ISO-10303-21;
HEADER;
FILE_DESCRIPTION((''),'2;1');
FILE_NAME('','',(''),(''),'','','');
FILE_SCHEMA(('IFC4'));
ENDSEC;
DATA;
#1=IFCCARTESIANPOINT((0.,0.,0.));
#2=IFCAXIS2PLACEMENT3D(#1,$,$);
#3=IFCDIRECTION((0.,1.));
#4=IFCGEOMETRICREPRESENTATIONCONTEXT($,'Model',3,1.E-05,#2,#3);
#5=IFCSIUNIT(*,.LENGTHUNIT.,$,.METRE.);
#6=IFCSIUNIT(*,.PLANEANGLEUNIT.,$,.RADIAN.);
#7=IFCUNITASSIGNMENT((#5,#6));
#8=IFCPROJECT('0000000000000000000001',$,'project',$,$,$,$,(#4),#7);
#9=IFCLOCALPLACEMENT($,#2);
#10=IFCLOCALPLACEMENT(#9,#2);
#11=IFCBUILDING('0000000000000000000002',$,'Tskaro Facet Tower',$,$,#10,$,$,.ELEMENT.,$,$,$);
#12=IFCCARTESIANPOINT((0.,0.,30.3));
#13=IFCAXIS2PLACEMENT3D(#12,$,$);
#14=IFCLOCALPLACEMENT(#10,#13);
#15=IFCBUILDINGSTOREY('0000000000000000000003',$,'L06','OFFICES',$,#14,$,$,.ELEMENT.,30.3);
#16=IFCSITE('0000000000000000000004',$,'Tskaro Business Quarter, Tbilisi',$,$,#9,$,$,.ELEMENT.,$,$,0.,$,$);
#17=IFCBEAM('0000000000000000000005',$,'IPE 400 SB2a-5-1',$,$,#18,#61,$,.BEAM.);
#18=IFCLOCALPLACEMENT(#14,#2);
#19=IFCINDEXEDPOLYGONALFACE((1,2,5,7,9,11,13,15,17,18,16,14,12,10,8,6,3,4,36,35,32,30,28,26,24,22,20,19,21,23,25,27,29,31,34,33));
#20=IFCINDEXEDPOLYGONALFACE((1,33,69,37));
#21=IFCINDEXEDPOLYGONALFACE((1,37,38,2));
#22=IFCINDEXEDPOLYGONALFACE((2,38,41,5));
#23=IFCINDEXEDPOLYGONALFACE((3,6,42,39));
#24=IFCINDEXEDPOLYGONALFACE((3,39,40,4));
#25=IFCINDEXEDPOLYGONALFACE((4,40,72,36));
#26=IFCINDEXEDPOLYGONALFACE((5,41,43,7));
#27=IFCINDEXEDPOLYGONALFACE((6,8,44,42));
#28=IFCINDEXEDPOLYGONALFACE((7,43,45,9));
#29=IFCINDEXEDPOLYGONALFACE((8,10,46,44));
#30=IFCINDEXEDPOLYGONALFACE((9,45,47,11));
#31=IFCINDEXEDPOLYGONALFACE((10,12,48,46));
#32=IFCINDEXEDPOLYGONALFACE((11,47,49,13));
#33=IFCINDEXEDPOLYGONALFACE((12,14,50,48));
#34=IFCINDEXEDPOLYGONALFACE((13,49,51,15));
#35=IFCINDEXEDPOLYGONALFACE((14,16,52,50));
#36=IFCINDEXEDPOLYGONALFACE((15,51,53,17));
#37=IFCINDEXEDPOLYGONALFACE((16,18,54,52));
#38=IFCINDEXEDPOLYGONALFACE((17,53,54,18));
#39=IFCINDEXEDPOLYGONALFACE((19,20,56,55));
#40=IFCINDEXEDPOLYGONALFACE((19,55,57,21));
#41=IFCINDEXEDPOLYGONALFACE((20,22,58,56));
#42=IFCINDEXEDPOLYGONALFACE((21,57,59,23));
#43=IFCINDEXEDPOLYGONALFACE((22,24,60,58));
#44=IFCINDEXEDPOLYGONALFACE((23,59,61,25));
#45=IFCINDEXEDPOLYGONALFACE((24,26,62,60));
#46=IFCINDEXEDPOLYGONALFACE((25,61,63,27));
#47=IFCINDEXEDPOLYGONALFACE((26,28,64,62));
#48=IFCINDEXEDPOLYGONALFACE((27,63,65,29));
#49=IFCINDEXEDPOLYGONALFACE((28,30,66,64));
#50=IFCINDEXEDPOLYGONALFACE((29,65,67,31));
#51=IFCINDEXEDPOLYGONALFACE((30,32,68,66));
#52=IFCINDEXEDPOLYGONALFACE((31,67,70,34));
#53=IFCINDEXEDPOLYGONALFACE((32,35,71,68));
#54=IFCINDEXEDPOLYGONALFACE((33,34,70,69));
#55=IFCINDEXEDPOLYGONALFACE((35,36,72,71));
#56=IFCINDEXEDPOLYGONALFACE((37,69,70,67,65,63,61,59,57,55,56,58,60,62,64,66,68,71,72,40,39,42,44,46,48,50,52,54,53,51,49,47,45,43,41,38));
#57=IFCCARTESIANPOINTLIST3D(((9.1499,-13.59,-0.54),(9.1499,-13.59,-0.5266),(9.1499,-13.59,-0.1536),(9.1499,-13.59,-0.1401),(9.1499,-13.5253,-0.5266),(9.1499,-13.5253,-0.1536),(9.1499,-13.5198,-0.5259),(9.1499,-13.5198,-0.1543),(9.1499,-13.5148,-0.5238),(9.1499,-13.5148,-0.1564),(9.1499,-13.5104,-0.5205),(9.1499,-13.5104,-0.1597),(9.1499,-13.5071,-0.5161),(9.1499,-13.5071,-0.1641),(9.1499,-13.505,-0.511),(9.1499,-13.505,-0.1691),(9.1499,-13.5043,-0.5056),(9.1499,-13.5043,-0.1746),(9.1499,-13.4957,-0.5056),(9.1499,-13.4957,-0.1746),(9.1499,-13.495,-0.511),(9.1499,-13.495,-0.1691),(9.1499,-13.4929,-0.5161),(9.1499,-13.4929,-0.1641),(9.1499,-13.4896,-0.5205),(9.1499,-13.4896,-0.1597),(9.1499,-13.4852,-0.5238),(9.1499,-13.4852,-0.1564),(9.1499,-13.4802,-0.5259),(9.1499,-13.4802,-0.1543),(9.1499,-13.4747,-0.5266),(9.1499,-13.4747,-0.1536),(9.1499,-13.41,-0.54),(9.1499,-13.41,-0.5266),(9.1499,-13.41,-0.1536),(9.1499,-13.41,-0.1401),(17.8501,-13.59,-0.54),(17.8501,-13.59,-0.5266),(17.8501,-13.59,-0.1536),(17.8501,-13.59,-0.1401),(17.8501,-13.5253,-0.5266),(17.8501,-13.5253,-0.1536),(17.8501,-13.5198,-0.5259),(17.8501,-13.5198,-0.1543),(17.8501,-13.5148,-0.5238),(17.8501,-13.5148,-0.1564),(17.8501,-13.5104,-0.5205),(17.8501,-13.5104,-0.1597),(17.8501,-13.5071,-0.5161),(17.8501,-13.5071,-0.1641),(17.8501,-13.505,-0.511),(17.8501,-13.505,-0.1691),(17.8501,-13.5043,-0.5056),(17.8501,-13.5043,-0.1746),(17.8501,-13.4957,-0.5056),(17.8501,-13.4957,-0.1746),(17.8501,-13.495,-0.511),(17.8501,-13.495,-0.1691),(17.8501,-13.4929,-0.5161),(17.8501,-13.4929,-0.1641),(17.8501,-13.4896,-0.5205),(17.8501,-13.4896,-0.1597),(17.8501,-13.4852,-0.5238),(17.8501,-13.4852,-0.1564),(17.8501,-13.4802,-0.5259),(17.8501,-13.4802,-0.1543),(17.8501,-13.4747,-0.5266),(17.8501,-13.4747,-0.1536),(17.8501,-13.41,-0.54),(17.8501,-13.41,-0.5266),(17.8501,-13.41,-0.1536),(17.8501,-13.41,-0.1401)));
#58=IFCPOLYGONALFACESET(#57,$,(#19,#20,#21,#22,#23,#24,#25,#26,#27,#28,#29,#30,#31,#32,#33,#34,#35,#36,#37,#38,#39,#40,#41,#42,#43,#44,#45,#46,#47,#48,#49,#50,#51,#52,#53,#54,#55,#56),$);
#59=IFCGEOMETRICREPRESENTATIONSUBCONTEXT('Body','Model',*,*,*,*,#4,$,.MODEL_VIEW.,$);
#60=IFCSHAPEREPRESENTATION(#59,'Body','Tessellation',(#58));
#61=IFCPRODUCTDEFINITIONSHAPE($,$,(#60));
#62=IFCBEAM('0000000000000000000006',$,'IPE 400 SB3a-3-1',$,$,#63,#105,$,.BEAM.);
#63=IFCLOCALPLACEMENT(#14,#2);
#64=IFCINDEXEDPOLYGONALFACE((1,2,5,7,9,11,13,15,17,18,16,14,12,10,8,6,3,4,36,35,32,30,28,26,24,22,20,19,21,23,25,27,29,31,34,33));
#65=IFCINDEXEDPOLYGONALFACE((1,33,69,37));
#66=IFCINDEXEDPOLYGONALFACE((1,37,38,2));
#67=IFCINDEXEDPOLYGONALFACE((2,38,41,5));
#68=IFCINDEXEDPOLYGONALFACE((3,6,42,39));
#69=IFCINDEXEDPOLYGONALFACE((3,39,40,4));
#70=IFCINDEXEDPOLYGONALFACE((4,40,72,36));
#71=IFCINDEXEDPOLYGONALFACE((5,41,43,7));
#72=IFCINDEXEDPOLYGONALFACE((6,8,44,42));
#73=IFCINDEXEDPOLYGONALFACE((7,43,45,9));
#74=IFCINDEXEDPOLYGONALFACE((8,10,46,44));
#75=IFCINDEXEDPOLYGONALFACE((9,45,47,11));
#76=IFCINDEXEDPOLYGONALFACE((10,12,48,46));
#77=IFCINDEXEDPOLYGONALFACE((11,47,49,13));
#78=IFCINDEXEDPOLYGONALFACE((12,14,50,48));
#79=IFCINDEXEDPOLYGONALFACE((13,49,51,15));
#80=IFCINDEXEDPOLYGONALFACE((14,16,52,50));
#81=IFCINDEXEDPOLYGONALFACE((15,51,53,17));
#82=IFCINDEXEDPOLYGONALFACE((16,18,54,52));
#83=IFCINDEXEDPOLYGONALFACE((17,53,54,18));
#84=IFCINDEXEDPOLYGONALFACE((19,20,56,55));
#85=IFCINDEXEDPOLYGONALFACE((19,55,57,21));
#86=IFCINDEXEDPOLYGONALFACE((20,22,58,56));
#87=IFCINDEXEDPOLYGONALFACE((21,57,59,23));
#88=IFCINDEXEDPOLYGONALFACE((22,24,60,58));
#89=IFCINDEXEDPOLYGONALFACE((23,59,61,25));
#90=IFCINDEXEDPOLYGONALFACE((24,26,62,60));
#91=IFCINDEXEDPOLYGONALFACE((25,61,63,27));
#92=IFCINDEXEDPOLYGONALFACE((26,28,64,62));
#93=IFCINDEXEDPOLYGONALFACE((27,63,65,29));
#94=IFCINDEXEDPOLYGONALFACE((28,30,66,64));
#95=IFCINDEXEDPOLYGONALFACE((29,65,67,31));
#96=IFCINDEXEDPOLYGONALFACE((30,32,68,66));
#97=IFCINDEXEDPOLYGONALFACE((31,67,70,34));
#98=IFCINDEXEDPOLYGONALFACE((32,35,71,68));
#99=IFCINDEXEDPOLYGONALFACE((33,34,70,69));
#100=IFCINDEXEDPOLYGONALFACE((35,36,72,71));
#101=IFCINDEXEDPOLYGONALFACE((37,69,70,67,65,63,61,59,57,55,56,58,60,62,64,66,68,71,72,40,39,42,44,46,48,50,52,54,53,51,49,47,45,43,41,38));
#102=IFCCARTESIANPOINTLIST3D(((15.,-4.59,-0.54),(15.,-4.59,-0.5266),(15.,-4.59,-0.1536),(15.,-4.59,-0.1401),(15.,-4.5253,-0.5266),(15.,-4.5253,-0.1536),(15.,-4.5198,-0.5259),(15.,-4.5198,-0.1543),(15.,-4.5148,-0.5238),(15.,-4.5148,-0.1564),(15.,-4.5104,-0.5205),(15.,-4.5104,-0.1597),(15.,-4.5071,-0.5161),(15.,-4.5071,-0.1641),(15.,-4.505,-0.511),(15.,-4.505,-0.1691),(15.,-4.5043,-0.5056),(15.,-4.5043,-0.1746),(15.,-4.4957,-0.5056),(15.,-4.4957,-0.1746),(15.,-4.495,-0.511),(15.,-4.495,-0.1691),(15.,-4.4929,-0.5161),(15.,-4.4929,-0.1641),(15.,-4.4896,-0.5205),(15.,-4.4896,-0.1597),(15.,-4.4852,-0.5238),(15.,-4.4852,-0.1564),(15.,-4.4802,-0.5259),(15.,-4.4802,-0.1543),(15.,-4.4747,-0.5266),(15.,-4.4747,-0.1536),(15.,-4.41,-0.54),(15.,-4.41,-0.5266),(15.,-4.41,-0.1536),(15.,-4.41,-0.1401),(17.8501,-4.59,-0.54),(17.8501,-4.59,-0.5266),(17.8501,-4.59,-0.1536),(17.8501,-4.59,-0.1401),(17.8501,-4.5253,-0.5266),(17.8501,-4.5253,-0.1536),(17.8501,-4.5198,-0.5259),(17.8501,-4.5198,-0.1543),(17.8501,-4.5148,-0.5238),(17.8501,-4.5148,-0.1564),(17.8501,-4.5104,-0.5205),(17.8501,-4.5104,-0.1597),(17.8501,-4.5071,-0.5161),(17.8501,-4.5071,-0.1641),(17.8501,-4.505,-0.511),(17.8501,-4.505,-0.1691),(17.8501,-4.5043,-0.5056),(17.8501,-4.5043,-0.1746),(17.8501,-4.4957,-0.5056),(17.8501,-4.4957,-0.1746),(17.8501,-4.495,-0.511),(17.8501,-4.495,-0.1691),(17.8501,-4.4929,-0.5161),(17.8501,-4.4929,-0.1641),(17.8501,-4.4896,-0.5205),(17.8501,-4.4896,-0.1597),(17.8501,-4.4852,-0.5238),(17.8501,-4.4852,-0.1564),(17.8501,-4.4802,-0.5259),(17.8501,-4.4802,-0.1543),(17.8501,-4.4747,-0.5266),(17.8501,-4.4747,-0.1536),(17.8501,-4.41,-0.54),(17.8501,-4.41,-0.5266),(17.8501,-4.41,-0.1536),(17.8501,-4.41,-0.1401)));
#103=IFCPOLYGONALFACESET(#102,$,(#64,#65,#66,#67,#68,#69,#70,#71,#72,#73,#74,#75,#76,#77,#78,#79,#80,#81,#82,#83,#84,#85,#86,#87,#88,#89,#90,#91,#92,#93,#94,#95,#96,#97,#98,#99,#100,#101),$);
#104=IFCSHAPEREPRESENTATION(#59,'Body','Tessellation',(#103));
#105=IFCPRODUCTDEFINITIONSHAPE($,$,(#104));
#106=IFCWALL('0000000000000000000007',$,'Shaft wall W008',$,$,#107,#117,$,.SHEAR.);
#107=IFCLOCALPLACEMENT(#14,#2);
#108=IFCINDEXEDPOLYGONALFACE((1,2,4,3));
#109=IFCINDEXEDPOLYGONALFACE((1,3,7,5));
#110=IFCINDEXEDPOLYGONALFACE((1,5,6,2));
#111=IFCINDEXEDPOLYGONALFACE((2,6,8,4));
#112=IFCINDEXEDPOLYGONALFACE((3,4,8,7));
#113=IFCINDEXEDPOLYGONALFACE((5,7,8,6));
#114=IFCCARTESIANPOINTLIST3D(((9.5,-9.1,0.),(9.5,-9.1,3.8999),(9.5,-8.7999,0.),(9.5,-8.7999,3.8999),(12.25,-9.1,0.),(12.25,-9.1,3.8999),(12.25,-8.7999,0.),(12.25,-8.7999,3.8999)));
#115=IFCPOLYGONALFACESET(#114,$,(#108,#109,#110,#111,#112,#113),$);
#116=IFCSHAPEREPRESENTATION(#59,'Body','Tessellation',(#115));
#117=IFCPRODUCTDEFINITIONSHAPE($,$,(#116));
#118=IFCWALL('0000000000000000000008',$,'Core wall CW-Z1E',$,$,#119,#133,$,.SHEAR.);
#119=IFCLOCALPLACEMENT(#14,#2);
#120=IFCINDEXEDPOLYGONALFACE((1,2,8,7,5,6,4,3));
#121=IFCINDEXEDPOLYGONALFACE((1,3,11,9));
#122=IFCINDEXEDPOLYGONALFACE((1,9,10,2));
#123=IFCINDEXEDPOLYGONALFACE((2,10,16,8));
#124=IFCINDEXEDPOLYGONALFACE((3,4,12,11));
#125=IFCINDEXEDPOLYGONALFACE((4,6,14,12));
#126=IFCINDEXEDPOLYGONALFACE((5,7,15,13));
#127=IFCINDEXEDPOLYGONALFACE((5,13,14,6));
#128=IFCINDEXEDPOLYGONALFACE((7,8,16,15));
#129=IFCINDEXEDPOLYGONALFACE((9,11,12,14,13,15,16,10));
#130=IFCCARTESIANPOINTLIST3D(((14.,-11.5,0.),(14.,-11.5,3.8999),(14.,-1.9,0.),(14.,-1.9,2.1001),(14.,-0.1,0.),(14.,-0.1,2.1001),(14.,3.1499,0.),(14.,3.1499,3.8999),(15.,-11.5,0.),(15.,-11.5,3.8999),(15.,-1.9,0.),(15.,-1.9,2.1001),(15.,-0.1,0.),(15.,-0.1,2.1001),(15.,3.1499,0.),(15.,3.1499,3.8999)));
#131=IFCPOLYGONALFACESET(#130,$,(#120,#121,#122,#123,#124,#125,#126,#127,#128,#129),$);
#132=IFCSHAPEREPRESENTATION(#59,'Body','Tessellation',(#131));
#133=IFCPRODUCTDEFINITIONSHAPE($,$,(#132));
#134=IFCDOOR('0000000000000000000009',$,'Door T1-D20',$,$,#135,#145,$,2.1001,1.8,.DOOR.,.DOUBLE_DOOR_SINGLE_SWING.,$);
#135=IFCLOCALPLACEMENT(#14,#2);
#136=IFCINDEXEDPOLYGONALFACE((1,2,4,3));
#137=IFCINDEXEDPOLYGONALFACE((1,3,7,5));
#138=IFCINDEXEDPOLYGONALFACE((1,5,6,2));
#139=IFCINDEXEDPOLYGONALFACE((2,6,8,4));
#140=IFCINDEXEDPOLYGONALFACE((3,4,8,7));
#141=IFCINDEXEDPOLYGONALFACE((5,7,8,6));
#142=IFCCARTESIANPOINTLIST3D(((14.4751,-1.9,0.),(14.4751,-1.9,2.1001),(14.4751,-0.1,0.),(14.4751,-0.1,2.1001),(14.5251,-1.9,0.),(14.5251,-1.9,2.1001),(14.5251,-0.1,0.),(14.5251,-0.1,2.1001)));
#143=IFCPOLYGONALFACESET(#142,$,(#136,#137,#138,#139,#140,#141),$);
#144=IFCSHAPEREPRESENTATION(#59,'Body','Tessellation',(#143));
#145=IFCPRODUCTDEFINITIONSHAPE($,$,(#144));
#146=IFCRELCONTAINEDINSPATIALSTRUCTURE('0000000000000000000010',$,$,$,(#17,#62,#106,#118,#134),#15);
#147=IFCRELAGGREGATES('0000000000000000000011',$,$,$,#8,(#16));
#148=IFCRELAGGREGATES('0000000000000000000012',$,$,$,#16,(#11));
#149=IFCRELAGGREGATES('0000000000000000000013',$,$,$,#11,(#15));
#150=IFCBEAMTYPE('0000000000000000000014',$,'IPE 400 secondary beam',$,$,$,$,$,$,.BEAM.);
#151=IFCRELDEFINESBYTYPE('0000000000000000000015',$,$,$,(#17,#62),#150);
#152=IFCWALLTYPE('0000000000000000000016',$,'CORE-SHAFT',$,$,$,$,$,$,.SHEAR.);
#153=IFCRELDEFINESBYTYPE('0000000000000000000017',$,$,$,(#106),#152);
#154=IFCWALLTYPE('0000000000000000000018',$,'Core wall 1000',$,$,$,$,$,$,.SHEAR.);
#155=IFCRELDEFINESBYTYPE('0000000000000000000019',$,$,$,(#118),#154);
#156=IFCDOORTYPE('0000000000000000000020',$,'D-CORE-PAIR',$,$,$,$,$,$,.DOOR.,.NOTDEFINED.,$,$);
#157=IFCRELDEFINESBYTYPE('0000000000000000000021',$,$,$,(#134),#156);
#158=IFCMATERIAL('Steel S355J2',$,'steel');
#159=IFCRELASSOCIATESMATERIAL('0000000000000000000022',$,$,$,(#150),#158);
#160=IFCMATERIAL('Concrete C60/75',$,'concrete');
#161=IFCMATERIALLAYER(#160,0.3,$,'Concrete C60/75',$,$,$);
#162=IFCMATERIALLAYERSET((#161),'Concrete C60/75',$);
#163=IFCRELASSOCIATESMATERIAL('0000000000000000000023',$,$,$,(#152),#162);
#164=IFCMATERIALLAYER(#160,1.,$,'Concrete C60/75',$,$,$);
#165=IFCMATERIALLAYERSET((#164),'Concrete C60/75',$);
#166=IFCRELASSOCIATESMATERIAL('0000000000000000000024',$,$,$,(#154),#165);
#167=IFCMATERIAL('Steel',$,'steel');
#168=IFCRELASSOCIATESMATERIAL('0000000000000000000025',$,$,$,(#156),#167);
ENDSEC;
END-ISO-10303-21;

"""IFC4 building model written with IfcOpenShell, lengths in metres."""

from ifc_helpers import new_model, si_unit, direction, frame, frame_2d, origin, origin_2d, place, context, subcontext, project, spatial, rectangle, i_section, extrude, material, layer, layer_set, material_profile, profile_set, type_object, element, fill, save


model = new_model("IFC4")

# Units and contexts
model_context = context("Model", 3, precision=1e-05, world=origin(), true_north=direction((0.0, 1.0)))
body_context = subcontext(model_context, "Body", "Model", "MODEL_VIEW")
ifc_project = project(units=[si_unit("LENGTHUNIT", "METRE"), si_unit("PLANEANGLEUNIT", "RADIAN")], contexts=[model_context])

# Site, building, storey
site_placement = place(None, origin())
site = spatial("IfcSite", under=ifc_project, at=site_placement, Name="Tskaro Business Quarter, Tbilisi", CompositionType="ELEMENT", RefElevation=0.0)
building_placement = place(site_placement, origin())
building = spatial("IfcBuilding", under=site, at=building_placement, Name="Tskaro Facet Tower", CompositionType="ELEMENT")
storey_placement = place(building_placement, frame((0.0, 0.0, 30.3)))
storey = spatial("IfcBuildingStorey", under=building, at=storey_placement, Name="L06", Description="OFFICES", CompositionType="ELEMENT", Elevation=30.3)

# Beams
ifc_material_1 = material(Name="Steel S355J2", Category="steel")
ifc_material_profile = material_profile(ifc_material_1, i_section(OverallWidth=0.1799, OverallDepth=0.3999, WebThickness=0.0085, FlangeThickness=0.0134, FilletRadius=0.021, at=origin_2d()), Name="IPE 400")
ifc_profile_set = profile_set([ifc_material_profile], Name="Steel S355J2")
beam_type = type_object("IfcBeamType", Name="IPE 400 secondary beam", PredefinedType="BEAM", material=ifc_profile_set)
beam_1_placement = place(storey_placement, frame((9.1499, -13.5, -0.3401), z_axis=(1.0, 0.0, 0.0), x_axis=(0.0, 1.0, 0.0)))
element("IfcBeam", 1, at=beam_1_placement, inside=storey, type_object=beam_type, Name="IPE 400 SB2a-5-1", PredefinedType="BEAM", context=body_context, shape_type="SweptSolid", body=[
    extrude(i_section(OverallWidth=0.1799, OverallDepth=0.3999, WebThickness=0.0085, FlangeThickness=0.0134, FilletRadius=0.021, at=origin_2d()), origin(), (0.0, 0.0, 1.0), 8.7002),
])
beam_2_placement = place(storey_placement, frame((15.0, -4.5, -0.3401), z_axis=(1.0, 0.0, 0.0), x_axis=(0.0, 1.0, 0.0)))
element("IfcBeam", 2, at=beam_2_placement, inside=storey, type_object=beam_type, Name="IPE 400 SB3a-3-1", PredefinedType="BEAM", context=body_context, shape_type="SweptSolid", body=[
    extrude(i_section(OverallWidth=0.1799, OverallDepth=0.3999, WebThickness=0.0085, FlangeThickness=0.0134, FilletRadius=0.021, at=origin_2d()), origin(), (0.0, 0.0, 1.0), 2.8501),
])

# Wall
ifc_material_2 = material(Name="Concrete C60/75", Category="concrete")
ifc_layer_1 = layer(ifc_material_2, 0.3, Name="Concrete C60/75")
ifc_layer_set_1 = layer_set([ifc_layer_1], Name="Concrete C60/75")
wall_type_1 = type_object("IfcWallType", Name="CORE-SHAFT", PredefinedType="SHEAR", material=ifc_layer_set_1)
wall_1_placement = place(storey_placement, frame((9.5, -8.95, 0.0), z_axis=(0.0, 0.0, 1.0), x_axis=(1.0, 0.0, 0.0)))
element("IfcWall", 3, at=wall_1_placement, inside=storey, type_object=wall_type_1, Name="Shaft wall W008", PredefinedType="SHEAR", context=body_context, shape_type="SweptSolid", body=[
    extrude(rectangle(XDim=2.75, YDim=0.3, at=frame_2d((1.375, 0.0))), origin(), (0.0, 0.0, 1.0), 3.8999),
])

# Wall, opening, door
ifc_layer_2 = layer(ifc_material_2, 1.0, Name="Concrete C60/75")
ifc_layer_set_2 = layer_set([ifc_layer_2], Name="Concrete C60/75")
wall_type_2 = type_object("IfcWallType", Name="Core wall 1000", PredefinedType="SHEAR", material=ifc_layer_set_2)
wall_2_placement = place(storey_placement, frame((14.5, -11.5, 0.0), z_axis=(0.0, 0.0, 1.0), x_axis=(0.0, 1.0, 0.0)))
wall_2 = element("IfcWall", 4, at=wall_2_placement, inside=storey, type_object=wall_type_2, Name="Core wall CW-Z1E", PredefinedType="SHEAR", context=body_context, shape_type="SweptSolid", body=[
    extrude(rectangle(XDim=14.6499, YDim=1.0, at=frame_2d((7.325, 0.0))), origin(), (0.0, 0.0, 1.0), 3.8999),
])
opening_1_placement = place(wall_2_placement, frame((9.6001, 0.0, 0.0)))
opening_1 = element("IfcOpeningElement", 5, at=opening_1_placement, cuts=wall_2, PredefinedType="OPENING", context=body_context, shape_type="SweptSolid", body=[
    extrude(rectangle(XDim=1.8, YDim=2.1001, at=frame_2d((0.8999, 1.05))), frame((0.0, 0.51, 0.0), z_axis=(0.0, -1.0, 0.0), x_axis=(1.0, 0.0, 0.0)), (0.0, 0.0, 1.0), 1.02),
])
ifc_material_3 = material(Name="Steel", Category="steel")
door_type_1 = type_object("IfcDoorType", Name="D-CORE-PAIR", OperationType="NOTDEFINED", PredefinedType="DOOR", material=ifc_material_3)
door_1_placement = place(opening_1_placement, origin())
door_1 = element("IfcDoor", 6, at=door_1_placement, inside=storey, type_object=door_type_1, Name="Door T1-D20", OperationType="DOUBLE_DOOR_SINGLE_SWING", OverallHeight=2.1001, OverallWidth=1.8, PredefinedType="DOOR", context=body_context, shape_type="SweptSolid", body=[
    extrude(rectangle(XDim=1.8, YDim=2.1001, at=frame_2d((0.8999, 1.05))), frame((0.0, 0.0249, 0.0), z_axis=(0.0, -1.0, 0.0), x_axis=(1.0, 0.0, 0.0)), (0.0, 0.0, 1.0), 0.05),
])
fill(opening_1, door_1)

save(model, "model.ifc")
